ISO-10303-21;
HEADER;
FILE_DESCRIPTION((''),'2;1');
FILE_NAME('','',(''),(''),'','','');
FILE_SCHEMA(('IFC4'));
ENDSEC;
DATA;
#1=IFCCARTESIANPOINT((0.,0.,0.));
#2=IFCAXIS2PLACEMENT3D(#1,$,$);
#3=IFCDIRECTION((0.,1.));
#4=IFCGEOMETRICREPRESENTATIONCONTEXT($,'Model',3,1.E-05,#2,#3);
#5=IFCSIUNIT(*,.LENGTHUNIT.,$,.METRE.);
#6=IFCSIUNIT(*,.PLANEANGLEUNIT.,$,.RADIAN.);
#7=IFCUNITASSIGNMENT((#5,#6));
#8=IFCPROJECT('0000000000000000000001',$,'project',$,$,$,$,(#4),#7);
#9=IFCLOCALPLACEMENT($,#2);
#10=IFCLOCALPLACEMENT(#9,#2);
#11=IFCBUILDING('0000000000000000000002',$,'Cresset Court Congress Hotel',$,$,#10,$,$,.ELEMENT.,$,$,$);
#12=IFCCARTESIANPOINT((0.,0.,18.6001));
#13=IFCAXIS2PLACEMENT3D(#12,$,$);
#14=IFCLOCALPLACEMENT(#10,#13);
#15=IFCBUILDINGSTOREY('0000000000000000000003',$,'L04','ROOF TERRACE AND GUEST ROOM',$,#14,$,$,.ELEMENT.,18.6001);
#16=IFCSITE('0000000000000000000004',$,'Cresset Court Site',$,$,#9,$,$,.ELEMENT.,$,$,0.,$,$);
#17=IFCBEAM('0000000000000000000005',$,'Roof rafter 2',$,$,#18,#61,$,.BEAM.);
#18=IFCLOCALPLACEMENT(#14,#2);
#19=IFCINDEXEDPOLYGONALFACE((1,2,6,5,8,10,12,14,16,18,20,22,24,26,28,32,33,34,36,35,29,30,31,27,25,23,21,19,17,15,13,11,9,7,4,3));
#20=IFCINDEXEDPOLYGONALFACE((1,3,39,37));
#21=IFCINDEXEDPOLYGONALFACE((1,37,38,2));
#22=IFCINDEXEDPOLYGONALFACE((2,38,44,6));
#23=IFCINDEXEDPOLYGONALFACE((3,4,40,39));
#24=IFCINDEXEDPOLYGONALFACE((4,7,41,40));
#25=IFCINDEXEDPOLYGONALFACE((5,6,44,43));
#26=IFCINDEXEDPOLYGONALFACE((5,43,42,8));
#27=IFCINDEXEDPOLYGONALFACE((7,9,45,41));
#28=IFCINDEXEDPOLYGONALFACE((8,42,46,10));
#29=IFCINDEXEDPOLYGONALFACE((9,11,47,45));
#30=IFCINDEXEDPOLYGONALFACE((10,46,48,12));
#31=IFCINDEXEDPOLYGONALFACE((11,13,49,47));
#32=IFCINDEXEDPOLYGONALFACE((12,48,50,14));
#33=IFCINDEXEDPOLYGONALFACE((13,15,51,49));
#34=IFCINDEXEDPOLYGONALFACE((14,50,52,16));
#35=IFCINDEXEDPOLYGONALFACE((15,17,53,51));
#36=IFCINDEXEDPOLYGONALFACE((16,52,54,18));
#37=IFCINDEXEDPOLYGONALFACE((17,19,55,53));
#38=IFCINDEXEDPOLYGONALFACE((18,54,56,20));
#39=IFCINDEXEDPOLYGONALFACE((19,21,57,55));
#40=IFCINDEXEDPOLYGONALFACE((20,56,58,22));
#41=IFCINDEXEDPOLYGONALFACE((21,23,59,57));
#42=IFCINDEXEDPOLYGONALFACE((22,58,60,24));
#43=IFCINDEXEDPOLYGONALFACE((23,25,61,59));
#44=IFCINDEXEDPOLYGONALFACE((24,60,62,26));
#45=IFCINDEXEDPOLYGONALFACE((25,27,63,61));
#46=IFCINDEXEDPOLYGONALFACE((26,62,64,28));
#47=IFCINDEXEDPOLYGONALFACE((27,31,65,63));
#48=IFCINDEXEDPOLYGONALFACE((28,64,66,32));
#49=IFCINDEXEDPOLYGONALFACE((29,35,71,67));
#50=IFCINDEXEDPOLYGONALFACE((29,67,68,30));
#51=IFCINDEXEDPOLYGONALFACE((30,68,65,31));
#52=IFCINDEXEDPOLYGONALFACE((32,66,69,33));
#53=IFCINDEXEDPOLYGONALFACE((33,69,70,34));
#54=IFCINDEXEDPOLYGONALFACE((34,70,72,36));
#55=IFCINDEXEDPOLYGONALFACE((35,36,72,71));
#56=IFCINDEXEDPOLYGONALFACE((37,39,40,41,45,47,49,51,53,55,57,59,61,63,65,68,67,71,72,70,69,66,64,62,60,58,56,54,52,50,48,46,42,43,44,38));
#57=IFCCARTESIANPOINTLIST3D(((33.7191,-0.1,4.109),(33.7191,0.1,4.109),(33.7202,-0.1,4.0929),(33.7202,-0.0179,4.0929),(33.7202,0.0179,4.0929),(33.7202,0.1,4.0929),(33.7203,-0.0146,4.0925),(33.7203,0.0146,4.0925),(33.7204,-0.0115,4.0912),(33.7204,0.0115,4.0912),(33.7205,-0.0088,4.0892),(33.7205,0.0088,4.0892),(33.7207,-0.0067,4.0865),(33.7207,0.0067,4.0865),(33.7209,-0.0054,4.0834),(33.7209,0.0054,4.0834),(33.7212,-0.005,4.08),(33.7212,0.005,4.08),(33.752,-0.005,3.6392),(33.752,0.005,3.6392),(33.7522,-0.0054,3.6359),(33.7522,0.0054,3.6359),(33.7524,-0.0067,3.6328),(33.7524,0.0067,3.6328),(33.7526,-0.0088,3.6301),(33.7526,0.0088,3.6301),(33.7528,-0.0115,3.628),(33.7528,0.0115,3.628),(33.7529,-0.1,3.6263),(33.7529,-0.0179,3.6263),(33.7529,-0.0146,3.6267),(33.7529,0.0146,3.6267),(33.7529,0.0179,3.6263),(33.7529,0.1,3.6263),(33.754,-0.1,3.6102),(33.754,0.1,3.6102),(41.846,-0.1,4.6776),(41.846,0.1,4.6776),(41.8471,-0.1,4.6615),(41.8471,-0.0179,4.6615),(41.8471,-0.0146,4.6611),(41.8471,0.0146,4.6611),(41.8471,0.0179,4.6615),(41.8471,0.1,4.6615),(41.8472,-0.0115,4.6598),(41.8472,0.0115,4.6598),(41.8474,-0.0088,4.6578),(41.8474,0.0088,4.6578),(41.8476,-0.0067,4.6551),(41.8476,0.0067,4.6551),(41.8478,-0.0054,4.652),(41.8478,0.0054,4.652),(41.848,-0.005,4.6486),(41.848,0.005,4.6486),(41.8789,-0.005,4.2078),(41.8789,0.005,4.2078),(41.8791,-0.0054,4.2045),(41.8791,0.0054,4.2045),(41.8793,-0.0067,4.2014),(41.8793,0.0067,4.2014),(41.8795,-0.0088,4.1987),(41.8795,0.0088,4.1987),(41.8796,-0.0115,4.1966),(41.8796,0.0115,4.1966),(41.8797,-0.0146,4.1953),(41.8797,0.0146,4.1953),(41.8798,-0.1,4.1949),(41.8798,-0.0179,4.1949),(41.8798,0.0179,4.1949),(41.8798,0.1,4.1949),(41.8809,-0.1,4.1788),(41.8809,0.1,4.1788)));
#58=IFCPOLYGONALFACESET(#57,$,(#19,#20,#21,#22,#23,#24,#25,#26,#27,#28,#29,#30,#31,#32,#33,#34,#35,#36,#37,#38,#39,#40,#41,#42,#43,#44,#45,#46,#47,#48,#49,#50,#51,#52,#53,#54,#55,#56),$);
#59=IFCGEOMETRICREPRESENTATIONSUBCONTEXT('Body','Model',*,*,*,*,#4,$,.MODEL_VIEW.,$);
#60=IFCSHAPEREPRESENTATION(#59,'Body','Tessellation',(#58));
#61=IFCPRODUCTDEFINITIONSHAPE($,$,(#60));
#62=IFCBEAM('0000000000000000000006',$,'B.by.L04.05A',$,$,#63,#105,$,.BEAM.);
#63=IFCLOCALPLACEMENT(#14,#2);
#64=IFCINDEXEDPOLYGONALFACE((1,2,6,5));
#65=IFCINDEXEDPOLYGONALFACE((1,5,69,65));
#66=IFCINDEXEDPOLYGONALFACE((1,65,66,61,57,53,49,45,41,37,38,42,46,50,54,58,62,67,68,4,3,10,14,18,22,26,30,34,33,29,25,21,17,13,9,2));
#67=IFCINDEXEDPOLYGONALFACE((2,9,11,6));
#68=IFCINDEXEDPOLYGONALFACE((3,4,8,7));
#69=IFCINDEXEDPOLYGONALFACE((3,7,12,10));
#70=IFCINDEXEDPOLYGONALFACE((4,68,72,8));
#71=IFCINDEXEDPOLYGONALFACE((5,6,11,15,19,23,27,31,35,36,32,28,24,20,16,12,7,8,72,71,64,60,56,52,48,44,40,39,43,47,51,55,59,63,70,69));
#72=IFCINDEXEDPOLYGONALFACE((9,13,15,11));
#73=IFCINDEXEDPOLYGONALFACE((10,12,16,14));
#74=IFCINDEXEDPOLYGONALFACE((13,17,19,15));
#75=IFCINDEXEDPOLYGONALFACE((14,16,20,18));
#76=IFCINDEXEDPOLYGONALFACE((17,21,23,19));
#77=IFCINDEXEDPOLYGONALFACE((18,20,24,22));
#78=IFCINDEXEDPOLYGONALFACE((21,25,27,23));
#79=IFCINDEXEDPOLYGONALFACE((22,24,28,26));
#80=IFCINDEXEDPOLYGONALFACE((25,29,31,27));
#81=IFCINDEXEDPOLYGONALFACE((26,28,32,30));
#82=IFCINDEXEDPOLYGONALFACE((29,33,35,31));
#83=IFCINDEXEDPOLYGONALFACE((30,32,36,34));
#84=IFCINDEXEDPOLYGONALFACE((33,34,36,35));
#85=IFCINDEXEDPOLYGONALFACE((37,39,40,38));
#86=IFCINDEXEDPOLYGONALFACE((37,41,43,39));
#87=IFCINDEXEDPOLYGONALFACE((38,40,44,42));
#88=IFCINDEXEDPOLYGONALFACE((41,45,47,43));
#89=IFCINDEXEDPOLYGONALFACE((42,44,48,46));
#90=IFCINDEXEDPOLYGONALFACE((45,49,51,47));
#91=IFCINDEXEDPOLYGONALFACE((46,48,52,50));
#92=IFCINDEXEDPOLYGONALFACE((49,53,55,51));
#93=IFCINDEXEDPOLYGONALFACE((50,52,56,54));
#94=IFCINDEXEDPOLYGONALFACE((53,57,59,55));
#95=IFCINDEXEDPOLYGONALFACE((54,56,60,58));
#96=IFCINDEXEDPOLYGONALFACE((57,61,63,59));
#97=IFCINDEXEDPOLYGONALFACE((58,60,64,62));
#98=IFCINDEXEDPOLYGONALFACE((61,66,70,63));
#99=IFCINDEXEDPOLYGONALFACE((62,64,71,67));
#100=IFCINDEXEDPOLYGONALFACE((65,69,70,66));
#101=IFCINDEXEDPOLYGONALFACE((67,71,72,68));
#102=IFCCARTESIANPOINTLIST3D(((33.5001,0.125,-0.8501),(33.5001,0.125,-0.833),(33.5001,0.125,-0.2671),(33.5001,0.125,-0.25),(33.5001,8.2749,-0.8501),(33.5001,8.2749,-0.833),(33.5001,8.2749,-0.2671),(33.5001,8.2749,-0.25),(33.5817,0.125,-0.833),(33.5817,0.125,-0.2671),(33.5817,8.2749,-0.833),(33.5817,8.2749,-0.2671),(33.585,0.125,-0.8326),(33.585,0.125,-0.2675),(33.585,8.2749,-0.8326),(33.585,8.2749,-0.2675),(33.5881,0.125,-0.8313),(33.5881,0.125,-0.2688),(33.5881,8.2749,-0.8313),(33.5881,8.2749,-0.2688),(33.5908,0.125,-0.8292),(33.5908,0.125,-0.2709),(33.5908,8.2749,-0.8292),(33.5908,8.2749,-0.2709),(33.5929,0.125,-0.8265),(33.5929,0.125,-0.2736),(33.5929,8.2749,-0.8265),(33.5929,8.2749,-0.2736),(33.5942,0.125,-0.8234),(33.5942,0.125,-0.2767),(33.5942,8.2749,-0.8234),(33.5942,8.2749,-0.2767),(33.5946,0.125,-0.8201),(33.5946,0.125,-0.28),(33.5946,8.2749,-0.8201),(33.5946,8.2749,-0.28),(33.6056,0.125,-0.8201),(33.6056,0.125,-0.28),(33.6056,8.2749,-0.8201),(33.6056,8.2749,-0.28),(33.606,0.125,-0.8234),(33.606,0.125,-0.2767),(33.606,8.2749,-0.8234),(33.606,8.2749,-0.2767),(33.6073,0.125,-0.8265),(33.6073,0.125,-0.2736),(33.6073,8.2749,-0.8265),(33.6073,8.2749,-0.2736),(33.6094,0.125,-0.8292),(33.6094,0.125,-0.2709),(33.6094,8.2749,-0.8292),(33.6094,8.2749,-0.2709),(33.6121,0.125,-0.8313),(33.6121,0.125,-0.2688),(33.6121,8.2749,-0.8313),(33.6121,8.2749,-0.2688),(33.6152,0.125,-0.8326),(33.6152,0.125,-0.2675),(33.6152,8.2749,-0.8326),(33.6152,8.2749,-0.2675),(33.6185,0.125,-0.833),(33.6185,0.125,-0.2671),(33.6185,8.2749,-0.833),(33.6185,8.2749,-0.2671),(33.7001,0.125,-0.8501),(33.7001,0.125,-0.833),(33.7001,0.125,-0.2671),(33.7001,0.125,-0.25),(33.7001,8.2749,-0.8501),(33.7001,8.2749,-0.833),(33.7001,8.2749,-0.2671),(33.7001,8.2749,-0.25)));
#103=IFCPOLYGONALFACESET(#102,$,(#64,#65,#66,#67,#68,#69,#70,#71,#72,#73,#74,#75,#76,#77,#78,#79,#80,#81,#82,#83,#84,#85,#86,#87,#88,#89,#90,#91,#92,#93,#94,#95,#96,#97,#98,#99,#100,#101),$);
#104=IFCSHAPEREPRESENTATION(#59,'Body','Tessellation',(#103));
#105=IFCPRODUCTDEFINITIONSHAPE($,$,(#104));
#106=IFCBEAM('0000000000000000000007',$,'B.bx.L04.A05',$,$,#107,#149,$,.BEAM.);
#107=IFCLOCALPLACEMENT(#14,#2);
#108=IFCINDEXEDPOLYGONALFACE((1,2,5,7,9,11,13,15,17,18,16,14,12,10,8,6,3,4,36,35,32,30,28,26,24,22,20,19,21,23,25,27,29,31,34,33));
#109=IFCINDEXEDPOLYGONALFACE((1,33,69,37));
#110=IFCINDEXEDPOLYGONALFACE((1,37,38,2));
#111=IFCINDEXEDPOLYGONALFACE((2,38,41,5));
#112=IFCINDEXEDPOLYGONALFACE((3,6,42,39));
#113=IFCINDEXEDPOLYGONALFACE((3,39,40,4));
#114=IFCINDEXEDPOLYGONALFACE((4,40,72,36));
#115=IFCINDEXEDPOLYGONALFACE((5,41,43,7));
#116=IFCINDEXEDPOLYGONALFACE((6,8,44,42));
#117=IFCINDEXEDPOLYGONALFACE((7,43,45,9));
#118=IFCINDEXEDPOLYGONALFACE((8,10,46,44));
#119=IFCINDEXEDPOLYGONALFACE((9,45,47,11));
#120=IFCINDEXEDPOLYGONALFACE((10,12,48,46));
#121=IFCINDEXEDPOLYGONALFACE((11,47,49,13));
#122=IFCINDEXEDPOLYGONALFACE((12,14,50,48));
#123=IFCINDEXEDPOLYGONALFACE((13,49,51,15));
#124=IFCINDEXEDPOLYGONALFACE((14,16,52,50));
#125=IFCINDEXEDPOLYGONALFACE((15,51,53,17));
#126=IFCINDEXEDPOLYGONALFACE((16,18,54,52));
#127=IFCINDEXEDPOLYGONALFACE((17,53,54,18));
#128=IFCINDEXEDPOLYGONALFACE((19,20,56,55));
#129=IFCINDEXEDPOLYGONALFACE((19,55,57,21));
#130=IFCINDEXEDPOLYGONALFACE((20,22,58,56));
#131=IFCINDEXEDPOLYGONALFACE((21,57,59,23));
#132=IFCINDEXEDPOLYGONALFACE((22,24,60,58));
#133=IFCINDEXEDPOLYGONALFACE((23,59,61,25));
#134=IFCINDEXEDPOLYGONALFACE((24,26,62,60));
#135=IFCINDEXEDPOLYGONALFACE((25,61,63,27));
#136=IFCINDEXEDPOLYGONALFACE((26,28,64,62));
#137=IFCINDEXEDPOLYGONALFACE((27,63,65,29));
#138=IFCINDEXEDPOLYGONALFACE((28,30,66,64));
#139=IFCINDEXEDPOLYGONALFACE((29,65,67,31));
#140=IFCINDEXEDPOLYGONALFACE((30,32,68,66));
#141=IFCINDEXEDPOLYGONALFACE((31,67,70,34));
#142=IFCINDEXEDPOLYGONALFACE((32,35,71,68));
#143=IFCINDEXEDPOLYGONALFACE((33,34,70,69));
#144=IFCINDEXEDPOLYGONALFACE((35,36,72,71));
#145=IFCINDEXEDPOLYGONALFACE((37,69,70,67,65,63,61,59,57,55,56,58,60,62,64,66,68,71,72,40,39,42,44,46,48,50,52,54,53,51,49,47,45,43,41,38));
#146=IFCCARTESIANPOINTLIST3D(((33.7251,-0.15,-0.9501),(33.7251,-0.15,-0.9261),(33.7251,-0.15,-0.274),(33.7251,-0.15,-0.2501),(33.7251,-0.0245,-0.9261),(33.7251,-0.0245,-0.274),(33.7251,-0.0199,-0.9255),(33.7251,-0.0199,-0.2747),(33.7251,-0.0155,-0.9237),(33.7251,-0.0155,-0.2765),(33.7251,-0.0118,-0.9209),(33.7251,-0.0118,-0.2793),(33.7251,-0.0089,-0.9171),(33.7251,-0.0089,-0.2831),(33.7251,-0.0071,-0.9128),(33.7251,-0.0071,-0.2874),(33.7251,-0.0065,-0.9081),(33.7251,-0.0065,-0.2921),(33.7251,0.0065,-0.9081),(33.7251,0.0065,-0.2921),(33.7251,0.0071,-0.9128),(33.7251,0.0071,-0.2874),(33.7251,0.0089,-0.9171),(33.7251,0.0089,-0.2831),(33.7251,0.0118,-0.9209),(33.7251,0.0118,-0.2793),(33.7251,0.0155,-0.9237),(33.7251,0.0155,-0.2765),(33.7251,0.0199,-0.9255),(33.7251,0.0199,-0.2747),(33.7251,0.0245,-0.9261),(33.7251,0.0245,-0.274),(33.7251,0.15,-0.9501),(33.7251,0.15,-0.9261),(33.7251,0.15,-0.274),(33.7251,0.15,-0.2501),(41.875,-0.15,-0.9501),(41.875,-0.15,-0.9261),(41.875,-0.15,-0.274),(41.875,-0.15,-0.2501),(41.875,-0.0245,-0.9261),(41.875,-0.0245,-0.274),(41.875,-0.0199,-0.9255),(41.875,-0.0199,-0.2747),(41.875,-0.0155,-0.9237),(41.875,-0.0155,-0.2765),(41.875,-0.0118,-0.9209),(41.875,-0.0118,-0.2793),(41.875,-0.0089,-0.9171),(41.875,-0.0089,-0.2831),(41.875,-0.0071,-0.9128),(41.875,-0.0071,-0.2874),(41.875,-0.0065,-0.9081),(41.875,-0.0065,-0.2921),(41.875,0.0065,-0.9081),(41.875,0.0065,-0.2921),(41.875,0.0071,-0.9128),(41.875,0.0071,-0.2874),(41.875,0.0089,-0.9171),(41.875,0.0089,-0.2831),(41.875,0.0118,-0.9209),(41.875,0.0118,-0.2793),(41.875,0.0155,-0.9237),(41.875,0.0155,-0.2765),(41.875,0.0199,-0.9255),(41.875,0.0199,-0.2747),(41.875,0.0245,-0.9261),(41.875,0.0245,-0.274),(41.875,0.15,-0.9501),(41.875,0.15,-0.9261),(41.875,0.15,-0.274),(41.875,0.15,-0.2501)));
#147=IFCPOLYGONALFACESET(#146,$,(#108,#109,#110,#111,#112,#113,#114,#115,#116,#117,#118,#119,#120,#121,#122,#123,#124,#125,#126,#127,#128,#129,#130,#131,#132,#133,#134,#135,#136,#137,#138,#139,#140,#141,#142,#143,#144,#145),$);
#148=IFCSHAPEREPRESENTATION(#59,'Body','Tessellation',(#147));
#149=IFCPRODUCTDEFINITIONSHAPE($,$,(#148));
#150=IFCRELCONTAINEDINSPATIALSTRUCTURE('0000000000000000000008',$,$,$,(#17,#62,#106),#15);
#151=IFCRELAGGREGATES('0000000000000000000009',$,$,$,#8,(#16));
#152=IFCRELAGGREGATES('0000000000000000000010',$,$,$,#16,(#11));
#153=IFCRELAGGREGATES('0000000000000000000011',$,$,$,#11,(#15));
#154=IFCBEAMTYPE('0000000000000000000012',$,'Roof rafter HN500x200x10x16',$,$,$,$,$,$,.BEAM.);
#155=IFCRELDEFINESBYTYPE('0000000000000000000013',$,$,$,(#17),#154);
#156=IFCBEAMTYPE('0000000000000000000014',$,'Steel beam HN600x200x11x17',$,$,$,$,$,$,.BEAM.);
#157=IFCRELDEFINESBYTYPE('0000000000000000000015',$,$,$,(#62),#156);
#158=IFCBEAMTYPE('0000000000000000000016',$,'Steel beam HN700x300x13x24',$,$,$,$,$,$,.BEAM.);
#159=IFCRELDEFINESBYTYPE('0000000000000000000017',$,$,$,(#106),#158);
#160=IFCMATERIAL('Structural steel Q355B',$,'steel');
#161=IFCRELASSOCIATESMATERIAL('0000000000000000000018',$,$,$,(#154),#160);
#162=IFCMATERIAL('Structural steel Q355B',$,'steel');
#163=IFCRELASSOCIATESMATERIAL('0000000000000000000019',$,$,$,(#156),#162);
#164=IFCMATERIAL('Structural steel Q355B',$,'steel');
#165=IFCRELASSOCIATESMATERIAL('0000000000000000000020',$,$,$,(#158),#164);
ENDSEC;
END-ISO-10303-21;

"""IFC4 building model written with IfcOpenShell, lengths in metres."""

from ifc_helpers import new_model, si_unit, direction, frame, origin, origin_2d, place, context, subcontext, project, spatial, i_section, extrude, material, material_profile, profile_set, type_object, element, save


model = new_model("IFC4")

# Units and contexts
model_context = context("Model", 3, precision=1e-05, world=origin(), true_north=direction((0.0, 1.0)))
body_context = subcontext(model_context, "Body", "Model", "MODEL_VIEW")
ifc_project = project(units=[si_unit("LENGTHUNIT", "METRE"), si_unit("PLANEANGLEUNIT", "RADIAN")], contexts=[model_context])

# Site, building, storey
site_placement = place(None, origin())
site = spatial("IfcSite", under=ifc_project, at=site_placement, Name="Cresset Court Site", CompositionType="ELEMENT", RefElevation=0.0)
building_placement = place(site_placement, origin())
building = spatial("IfcBuilding", under=site, at=building_placement, Name="Cresset Court Congress Hotel", CompositionType="ELEMENT")
storey_placement = place(building_placement, frame((0.0, 0.0, 18.6001)))
storey = spatial("IfcBuildingStorey", under=building, at=storey_placement, Name="L04", Description="ROOF TERRACE AND GUEST ROOM", CompositionType="ELEMENT", Elevation=18.6001)

# Beams
ifc_material_1 = material(Name="Structural steel Q355B", Category="steel")
ifc_material_profile_1 = material_profile(ifc_material_1, i_section(OverallWidth=0.2, OverallDepth=0.5, WebThickness=0.01, FlangeThickness=0.0161, FilletRadius=0.0129, at=origin_2d()), Name="HN500x200x10x16")
ifc_profile_set_1 = profile_set([ifc_material_profile_1], Name="Structural steel Q355B")
beam_type_1 = type_object("IfcBeamType", Name="Roof rafter HN500x200x10x16", PredefinedType="BEAM", material=ifc_profile_set_1)
beam_1_placement = place(storey_placement, frame((33.7366, 0.0, 3.8596), z_axis=(0.997561, 0.0, 0.069795), x_axis=(0.0, 1.0, 0.0)))
element("IfcBeam", 1, at=beam_1_placement, inside=storey, type_object=beam_type_1, Name="Roof rafter 2", PredefinedType="BEAM", context=body_context, shape_type="SweptSolid", body=[
    extrude(i_section(OverallWidth=0.2, OverallDepth=0.5, WebThickness=0.01, FlangeThickness=0.0161, FilletRadius=0.0129, at=origin_2d()), origin(), (0.0, 0.0, 1.0), 8.1467),
])
ifc_material_2 = material(Name="Structural steel Q355B", Category="steel")
ifc_material_profile_2 = material_profile(ifc_material_2, i_section(OverallWidth=0.2, OverallDepth=0.6001, WebThickness=0.011, FlangeThickness=0.0171, FilletRadius=0.0129, at=origin_2d()), Name="HN600x200x11x17")
ifc_profile_set_2 = profile_set([ifc_material_profile_2], Name="Structural steel Q355B")
beam_type_2 = type_object("IfcBeamType", Name="Steel beam HN600x200x11x17", PredefinedType="BEAM", material=ifc_profile_set_2)
beam_2_placement = place(storey_placement, frame((33.6001, 0.125, -0.55), z_axis=(0.0, 1.0, 0.0), x_axis=(-1.0, 0.0, 0.0)))
element("IfcBeam", 2, at=beam_2_placement, inside=storey, type_object=beam_type_2, Name="B.by.L04.05A", PredefinedType="BEAM", context=body_context, shape_type="SweptSolid", body=[
    extrude(i_section(OverallWidth=0.2, OverallDepth=0.6001, WebThickness=0.011, FlangeThickness=0.0171, FilletRadius=0.0129, at=origin_2d()), origin(), (0.0, 0.0, 1.0), 8.1499),
])
ifc_material_3 = material(Name="Structural steel Q355B", Category="steel")
ifc_material_profile_3 = material_profile(ifc_material_3, i_section(OverallWidth=0.3, OverallDepth=0.7, WebThickness=0.0129, FlangeThickness=0.0239, FilletRadius=0.0181, at=origin_2d()), Name="HN700x300x13x24")
ifc_profile_set_3 = profile_set([ifc_material_profile_3], Name="Structural steel Q355B")
beam_type_3 = type_object("IfcBeamType", Name="Steel beam HN700x300x13x24", PredefinedType="BEAM", material=ifc_profile_set_3)
beam_3_placement = place(storey_placement, frame((33.7251, 0.0, -0.6001), z_axis=(1.0, 0.0, 0.0), x_axis=(0.0, 1.0, 0.0)))
element("IfcBeam", 3, at=beam_3_placement, inside=storey, type_object=beam_type_3, Name="B.bx.L04.A05", PredefinedType="BEAM", context=body_context, shape_type="SweptSolid", body=[
    extrude(i_section(OverallWidth=0.3, OverallDepth=0.7, WebThickness=0.0129, FlangeThickness=0.0239, FilletRadius=0.0181, at=origin_2d()), origin(), (0.0, 0.0, 1.0), 8.1499),
])

save(model, "model.ifc")
